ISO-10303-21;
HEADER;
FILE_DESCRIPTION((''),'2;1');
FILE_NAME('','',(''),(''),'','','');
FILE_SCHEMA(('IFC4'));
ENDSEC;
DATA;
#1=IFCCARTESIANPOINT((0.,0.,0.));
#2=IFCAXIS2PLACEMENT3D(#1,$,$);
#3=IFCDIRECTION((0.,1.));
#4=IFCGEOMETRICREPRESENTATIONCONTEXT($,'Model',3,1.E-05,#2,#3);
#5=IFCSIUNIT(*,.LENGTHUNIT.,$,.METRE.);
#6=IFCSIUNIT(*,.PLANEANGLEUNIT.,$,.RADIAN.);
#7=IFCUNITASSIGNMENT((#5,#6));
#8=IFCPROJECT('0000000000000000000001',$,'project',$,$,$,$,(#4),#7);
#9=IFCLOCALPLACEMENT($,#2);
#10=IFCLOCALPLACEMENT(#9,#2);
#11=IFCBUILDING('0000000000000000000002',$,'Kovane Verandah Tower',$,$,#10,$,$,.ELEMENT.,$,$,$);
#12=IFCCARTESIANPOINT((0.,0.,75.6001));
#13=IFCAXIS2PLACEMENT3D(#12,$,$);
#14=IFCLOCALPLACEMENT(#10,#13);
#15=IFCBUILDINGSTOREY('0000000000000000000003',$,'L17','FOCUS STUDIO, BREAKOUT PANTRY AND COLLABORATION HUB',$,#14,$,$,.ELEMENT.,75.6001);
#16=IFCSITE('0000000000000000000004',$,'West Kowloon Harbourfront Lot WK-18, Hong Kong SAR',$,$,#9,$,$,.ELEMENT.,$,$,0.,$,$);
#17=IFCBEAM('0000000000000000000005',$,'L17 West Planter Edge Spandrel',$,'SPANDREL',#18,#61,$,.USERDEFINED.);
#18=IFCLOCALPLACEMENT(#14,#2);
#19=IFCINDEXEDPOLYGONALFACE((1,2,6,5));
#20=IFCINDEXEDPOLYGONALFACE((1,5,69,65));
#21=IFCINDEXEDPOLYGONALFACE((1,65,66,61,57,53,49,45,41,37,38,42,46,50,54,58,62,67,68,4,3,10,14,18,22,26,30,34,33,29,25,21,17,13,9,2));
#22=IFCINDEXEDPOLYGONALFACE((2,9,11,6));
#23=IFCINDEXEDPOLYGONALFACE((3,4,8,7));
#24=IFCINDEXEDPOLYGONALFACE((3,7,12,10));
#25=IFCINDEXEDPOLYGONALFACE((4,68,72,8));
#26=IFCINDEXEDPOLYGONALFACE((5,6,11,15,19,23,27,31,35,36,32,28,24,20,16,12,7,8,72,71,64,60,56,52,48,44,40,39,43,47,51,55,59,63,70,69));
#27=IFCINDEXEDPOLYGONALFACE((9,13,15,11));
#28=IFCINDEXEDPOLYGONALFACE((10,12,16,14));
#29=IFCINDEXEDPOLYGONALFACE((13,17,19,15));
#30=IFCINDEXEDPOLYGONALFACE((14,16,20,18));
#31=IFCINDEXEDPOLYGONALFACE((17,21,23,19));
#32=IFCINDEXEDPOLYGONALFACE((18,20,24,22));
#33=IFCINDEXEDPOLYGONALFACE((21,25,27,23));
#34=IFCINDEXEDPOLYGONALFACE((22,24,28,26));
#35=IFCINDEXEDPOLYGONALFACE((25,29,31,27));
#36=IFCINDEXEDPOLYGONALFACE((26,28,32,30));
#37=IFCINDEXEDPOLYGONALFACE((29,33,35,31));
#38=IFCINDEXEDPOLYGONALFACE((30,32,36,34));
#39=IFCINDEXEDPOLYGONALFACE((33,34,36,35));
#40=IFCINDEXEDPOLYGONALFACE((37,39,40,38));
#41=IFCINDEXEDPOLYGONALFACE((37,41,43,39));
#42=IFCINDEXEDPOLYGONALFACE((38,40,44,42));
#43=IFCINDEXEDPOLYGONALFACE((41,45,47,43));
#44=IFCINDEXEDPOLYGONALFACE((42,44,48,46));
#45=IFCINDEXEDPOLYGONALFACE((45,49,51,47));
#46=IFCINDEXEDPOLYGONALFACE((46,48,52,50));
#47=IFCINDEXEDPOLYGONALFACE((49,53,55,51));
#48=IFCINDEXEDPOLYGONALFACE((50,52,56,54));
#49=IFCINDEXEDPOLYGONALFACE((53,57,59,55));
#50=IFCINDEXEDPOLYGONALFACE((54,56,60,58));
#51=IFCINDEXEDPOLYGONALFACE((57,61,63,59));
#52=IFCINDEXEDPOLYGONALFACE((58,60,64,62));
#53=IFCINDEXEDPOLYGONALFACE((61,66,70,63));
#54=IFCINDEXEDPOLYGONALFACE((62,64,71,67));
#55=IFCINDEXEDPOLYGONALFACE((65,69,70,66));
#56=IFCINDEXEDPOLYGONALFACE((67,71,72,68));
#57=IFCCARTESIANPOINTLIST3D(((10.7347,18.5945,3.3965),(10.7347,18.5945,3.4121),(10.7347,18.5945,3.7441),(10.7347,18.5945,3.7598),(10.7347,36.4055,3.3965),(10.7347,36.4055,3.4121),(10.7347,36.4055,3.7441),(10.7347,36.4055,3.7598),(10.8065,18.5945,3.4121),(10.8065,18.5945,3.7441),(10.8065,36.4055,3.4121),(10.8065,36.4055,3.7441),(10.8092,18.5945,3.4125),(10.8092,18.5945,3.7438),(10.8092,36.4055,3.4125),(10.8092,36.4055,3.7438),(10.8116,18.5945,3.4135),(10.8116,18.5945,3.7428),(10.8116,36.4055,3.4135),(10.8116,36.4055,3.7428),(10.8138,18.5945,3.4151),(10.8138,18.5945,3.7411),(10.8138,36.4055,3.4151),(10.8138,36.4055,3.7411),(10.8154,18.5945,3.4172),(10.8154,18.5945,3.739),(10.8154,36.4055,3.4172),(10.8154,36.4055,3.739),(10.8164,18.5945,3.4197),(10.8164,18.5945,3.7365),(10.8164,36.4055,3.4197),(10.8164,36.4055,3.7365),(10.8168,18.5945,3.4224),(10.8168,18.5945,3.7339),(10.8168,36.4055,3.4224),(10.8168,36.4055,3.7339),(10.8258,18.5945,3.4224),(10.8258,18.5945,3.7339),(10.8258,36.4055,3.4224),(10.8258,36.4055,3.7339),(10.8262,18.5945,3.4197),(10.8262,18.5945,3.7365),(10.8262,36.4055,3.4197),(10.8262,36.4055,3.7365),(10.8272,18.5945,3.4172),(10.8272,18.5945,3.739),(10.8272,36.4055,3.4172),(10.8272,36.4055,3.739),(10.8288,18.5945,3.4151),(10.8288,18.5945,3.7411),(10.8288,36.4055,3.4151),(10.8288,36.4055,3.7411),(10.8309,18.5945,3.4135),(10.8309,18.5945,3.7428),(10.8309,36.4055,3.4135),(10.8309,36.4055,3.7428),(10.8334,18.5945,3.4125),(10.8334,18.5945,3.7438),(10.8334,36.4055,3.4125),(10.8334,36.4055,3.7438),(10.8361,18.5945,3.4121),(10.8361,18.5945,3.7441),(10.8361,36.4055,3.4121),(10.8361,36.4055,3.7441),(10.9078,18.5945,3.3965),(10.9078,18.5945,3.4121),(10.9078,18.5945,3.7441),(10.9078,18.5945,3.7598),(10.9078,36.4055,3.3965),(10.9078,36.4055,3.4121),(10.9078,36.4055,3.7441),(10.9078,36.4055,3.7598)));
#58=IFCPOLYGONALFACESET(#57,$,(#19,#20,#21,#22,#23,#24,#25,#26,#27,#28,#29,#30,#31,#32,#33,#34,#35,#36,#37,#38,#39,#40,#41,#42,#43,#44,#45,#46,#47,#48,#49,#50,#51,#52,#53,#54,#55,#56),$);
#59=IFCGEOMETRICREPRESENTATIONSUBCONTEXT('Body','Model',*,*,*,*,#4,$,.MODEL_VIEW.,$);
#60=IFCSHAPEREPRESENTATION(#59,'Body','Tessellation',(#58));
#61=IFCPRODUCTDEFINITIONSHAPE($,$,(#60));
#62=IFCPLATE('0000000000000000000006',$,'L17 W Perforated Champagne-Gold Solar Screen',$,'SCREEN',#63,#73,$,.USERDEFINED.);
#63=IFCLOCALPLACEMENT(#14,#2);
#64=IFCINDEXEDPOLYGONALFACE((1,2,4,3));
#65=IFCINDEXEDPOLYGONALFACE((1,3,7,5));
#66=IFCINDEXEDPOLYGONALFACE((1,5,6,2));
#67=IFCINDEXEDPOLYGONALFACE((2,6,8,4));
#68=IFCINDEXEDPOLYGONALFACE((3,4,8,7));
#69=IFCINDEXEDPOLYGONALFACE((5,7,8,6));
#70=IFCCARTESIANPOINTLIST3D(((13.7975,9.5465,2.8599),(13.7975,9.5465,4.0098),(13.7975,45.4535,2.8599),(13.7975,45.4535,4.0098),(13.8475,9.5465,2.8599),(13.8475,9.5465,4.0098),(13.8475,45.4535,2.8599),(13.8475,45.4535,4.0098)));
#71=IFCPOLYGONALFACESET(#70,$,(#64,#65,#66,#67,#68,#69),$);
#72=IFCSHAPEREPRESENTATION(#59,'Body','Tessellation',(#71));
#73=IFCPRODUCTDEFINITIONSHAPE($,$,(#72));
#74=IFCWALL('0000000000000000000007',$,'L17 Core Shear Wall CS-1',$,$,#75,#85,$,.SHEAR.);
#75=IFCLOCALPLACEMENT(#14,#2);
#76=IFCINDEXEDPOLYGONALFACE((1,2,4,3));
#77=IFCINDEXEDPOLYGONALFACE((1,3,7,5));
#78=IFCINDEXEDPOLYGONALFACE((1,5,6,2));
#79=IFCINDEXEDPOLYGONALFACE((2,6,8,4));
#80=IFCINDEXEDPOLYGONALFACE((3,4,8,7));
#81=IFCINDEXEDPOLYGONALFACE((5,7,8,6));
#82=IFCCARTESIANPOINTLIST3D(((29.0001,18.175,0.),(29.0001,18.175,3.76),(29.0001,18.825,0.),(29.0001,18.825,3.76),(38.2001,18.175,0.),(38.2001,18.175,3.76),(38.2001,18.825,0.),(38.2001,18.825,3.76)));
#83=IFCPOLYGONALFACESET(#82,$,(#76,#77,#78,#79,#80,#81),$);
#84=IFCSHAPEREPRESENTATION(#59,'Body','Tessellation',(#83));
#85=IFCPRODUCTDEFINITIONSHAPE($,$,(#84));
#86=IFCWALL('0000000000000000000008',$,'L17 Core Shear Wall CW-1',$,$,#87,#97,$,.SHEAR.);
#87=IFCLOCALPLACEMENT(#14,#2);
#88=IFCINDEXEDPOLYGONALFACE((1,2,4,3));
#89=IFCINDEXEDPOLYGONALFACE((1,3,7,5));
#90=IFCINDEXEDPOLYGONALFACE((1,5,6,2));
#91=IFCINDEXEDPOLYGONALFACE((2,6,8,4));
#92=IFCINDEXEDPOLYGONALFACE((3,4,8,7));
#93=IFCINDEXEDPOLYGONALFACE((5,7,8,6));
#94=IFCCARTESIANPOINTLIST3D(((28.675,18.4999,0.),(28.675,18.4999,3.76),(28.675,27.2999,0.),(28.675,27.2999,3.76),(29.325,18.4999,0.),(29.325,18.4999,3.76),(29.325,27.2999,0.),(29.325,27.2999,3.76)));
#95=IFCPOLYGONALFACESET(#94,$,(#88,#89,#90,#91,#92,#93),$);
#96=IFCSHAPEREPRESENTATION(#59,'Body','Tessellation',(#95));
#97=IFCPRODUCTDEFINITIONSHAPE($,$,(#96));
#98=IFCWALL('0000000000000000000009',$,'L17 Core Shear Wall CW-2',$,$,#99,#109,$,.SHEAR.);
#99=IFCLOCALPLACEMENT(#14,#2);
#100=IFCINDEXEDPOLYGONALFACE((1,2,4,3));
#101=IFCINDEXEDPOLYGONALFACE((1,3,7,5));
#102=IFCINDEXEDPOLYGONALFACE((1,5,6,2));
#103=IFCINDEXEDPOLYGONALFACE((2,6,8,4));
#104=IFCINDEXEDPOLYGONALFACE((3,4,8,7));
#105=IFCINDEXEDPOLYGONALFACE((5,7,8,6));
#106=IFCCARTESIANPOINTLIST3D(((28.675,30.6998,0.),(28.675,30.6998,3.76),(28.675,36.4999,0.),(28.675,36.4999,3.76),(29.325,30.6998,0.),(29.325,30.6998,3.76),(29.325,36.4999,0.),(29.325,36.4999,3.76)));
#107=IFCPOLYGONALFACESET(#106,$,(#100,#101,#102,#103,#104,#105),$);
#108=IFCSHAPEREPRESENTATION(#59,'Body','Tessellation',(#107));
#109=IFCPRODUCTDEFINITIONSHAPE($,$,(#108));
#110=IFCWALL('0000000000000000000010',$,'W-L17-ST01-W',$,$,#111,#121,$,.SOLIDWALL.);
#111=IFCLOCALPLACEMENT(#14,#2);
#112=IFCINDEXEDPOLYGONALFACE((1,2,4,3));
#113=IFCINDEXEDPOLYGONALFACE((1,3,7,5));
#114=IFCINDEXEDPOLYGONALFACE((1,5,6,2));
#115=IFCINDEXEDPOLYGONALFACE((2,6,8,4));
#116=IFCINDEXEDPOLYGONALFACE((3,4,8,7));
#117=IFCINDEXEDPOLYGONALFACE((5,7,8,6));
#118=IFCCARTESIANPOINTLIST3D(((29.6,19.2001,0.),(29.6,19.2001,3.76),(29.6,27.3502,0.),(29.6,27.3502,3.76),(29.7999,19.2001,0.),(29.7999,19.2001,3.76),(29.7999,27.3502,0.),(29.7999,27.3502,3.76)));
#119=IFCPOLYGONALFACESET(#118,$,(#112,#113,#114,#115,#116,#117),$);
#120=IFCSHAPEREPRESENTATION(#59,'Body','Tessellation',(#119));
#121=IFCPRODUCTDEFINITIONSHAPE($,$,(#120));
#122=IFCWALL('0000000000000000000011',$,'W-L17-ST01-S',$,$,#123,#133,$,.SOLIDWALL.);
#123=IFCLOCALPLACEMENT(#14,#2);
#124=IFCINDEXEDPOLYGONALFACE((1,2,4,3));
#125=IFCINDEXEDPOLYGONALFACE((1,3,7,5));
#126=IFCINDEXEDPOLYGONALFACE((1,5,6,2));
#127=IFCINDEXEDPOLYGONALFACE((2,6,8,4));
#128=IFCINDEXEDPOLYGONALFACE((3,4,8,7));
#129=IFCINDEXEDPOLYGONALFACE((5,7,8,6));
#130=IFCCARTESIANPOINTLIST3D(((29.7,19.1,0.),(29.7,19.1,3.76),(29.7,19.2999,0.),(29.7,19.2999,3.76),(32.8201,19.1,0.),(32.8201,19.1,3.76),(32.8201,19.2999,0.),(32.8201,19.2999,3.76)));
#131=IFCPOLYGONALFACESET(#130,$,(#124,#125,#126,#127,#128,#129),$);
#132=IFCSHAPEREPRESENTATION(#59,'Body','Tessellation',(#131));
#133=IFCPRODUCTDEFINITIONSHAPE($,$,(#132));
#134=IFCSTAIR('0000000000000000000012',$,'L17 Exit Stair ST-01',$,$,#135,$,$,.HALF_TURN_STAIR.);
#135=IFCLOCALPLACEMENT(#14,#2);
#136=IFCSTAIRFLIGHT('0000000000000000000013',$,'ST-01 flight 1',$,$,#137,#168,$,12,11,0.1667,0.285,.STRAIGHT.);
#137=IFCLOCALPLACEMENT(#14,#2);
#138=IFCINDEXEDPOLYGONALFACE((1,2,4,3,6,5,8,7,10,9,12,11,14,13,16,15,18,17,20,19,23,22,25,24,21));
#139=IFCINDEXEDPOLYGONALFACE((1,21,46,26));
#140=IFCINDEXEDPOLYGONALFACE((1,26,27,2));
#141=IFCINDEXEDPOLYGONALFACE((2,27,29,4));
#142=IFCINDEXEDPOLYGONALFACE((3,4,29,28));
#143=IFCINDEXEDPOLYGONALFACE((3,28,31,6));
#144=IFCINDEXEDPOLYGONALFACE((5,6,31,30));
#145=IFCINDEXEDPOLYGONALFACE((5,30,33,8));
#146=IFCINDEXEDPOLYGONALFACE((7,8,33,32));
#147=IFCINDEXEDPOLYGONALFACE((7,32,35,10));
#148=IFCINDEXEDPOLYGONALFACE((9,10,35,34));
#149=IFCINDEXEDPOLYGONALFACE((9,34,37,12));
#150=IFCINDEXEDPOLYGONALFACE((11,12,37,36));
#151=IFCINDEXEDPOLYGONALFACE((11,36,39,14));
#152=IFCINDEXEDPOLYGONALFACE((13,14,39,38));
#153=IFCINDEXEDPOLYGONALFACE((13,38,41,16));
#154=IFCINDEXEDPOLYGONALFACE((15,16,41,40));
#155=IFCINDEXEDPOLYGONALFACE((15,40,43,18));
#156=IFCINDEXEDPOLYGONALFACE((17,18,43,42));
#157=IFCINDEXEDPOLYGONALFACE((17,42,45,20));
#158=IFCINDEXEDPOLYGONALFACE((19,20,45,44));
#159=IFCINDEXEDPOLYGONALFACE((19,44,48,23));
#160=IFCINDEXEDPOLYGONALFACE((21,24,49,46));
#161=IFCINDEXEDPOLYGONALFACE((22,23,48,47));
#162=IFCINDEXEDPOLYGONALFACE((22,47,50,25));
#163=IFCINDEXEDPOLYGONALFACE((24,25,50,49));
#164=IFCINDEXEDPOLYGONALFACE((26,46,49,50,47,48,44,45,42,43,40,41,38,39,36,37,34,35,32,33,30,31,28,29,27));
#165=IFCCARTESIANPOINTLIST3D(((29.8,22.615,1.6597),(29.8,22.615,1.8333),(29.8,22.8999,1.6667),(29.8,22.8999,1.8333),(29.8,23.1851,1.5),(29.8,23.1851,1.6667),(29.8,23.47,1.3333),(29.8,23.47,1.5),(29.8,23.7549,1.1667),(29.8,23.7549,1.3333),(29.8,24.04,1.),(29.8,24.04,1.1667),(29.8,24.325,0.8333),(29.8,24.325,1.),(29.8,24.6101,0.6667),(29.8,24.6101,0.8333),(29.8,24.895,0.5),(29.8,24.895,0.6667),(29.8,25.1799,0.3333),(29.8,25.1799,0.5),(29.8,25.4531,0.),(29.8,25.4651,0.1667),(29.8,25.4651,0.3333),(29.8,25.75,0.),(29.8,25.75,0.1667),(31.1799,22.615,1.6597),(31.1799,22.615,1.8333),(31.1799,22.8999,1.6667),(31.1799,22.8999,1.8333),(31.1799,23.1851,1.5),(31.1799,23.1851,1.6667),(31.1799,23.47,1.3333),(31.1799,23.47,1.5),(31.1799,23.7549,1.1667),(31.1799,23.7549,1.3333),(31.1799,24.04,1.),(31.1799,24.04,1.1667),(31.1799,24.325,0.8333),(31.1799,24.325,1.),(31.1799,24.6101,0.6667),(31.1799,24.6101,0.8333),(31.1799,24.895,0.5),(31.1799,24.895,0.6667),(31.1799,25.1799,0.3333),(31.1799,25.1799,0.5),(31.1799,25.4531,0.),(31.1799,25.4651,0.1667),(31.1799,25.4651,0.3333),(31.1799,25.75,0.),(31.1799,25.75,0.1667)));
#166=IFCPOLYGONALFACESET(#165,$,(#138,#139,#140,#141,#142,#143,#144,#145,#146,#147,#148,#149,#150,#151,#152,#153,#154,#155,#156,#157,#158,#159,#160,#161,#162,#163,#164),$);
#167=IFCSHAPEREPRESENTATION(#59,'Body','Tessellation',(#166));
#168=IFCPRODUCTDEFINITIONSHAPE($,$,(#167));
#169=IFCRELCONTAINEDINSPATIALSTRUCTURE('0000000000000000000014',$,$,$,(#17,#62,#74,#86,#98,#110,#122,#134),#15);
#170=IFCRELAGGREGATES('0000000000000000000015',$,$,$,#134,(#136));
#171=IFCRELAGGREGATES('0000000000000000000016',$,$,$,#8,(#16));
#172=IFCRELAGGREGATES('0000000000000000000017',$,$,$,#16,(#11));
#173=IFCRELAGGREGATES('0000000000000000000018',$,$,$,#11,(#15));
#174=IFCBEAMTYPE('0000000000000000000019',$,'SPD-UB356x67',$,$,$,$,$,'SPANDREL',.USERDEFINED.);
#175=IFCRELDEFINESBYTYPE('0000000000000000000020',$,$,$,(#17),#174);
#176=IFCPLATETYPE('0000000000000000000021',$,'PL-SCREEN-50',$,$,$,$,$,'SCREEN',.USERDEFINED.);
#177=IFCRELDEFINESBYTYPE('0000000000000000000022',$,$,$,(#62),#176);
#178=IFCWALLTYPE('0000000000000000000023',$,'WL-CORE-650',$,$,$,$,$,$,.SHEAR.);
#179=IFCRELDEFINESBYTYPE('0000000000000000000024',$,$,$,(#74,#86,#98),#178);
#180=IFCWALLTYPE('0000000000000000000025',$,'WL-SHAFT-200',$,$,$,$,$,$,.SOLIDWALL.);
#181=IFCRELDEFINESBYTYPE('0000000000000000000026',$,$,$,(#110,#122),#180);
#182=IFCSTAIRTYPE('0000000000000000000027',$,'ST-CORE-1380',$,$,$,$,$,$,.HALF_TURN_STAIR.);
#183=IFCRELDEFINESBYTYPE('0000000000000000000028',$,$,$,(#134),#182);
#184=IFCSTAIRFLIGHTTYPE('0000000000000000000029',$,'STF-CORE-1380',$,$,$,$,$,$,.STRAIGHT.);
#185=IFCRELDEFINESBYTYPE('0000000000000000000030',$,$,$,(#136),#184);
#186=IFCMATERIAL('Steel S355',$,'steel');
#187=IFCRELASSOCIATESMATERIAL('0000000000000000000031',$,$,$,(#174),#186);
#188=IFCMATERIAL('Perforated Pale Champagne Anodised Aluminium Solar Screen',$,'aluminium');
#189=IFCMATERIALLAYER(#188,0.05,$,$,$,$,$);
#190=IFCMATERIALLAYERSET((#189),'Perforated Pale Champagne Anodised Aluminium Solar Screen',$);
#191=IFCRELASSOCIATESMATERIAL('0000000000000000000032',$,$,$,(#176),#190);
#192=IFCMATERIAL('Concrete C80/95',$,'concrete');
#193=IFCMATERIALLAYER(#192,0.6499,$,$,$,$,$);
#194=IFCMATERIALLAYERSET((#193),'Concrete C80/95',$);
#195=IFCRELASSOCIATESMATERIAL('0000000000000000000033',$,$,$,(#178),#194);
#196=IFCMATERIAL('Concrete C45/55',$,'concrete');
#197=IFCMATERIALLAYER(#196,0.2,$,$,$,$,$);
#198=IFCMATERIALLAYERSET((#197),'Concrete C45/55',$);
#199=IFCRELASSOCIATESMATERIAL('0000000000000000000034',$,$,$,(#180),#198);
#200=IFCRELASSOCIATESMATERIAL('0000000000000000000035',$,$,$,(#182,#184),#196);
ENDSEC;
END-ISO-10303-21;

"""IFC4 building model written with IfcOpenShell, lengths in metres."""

from ifc_helpers import new_model, si_unit, direction, frame, frame_2d, origin, origin_2d, place, context, subcontext, project, spatial, polyline, rectangle, i_section, outline, extrude, material, layer, layer_set, material_profile, profile_set, type_object, element, aggregate, save


model = new_model("IFC4")

# Units and contexts
model_context = context("Model", 3, precision=1e-05, world=origin(), true_north=direction((0.0, 1.0)))
body_context = subcontext(model_context, "Body", "Model", "MODEL_VIEW")
ifc_project = project(units=[si_unit("LENGTHUNIT", "METRE"), si_unit("PLANEANGLEUNIT", "RADIAN")], contexts=[model_context])

# Site, building, storey
site_placement = place(None, origin())
site = spatial("IfcSite", under=ifc_project, at=site_placement, Name="West Kowloon Harbourfront Lot WK-18, Hong Kong SAR", CompositionType="ELEMENT", RefElevation=0.0)
building_placement = place(site_placement, origin())
building = spatial("IfcBuilding", under=site, at=building_placement, Name="Kovane Verandah Tower", CompositionType="ELEMENT")
storey_placement = place(building_placement, frame((0.0, 0.0, 75.6001)))
storey = spatial("IfcBuildingStorey", under=building, at=storey_placement, Name="L17", Description="FOCUS STUDIO, BREAKOUT PANTRY AND COLLABORATION HUB", CompositionType="ELEMENT", Elevation=75.6001)

# Shared definitions
ifc_material_1 = material(Name="Concrete C80/95", Category="concrete")

# Beam
ifc_material_2 = material(Name="Steel S355", Category="steel")
ifc_material_profile_1 = material_profile(ifc_material_2, i_section(OverallWidth=0.1731, OverallDepth=0.3633, WebThickness=0.009, FlangeThickness=0.0156, FilletRadius=0.0103, at=origin_2d()), Name="UB356x171x67")
ifc_profile_set_1 = profile_set([ifc_material_profile_1], Name="Steel S355")
beam_type_1 = type_object("IfcBeamType", Name="SPD-UB356x67", ElementType="SPANDREL", PredefinedType="USERDEFINED", material=ifc_profile_set_1)
beam_1_placement = place(storey_placement, frame((10.8213, 18.5945, 3.5781), z_axis=(0.0, 1.0, 0.0), x_axis=(-1.0, 0.0, 0.0)))
element("IfcBeam", 1, at=beam_1_placement, inside=storey, type_object=beam_type_1, Name="L17 West Planter Edge Spandrel", ObjectType="SPANDREL", PredefinedType="USERDEFINED", context=body_context, shape_type="SweptSolid", body=[
    extrude(i_section(OverallWidth=0.1731, OverallDepth=0.3633, WebThickness=0.009, FlangeThickness=0.0156, FilletRadius=0.0103, at=origin_2d()), origin(), (0.0, 0.0, 1.0), 17.811),
])

# Plate
ifc_material_3 = material(Name="Perforated Pale Champagne Anodised Aluminium Solar Screen", Category="aluminium")
ifc_layer_1 = layer(ifc_material_3, 0.05)
ifc_layer_set_1 = layer_set([ifc_layer_1], Name="Perforated Pale Champagne Anodised Aluminium Solar Screen")
plate_type = type_object("IfcPlateType", Name="PL-SCREEN-50", ElementType="SCREEN", PredefinedType="USERDEFINED", material=ifc_layer_set_1)
plate_placement = place(storey_placement, frame((13.8225, 27.5, 2.8599), z_axis=(0.0, 0.0, 1.0), x_axis=(0.0, -1.0, 0.0)))
element("IfcPlate", 2, at=plate_placement, inside=storey, type_object=plate_type, Name="L17 W Perforated Champagne-Gold Solar Screen", ObjectType="SCREEN", PredefinedType="USERDEFINED", context=body_context, shape_type="SweptSolid", body=[
    extrude(rectangle(XDim=35.907, YDim=0.05, at=origin_2d()), origin(), (0.0, 0.0, 1.0), 1.1499),
])

# Walls
ifc_layer_2 = layer(ifc_material_1, 0.6499)
ifc_layer_set_2 = layer_set([ifc_layer_2], Name="Concrete C80/95")
wall_type_1 = type_object("IfcWallType", Name="WL-CORE-650", PredefinedType="SHEAR", material=ifc_layer_set_2)
wall_1_placement = place(storey_placement, frame((29.0, 18.5, 0.0), z_axis=(0.0, 0.0, 1.0), x_axis=(1.0, 0.0, 0.0)))
element("IfcWall", 3, at=wall_1_placement, inside=storey, type_object=wall_type_1, Name="L17 Core Shear Wall CS-1", PredefinedType="SHEAR", context=body_context, shape_type="SweptSolid", body=[
    extrude(rectangle(XDim=9.2, YDim=0.6499, at=frame_2d((4.6001, 0.0))), origin(), (0.0, 0.0, 1.0), 3.76),
])
wall_2_placement = place(storey_placement, frame((29.0, 18.5, 0.0), z_axis=(0.0, 0.0, 1.0), x_axis=(0.0, 1.0, 0.0)))
element("IfcWall", 4, at=wall_2_placement, inside=storey, type_object=wall_type_1, Name="L17 Core Shear Wall CW-1", PredefinedType="SHEAR", context=body_context, shape_type="SweptSolid", body=[
    extrude(rectangle(XDim=8.8, YDim=0.6499, at=frame_2d((4.3999, 0.0))), origin(), (0.0, 0.0, 1.0), 3.76),
])
wall_3_placement = place(storey_placement, frame((29.0, 30.7, 0.0), z_axis=(0.0, 0.0, 1.0), x_axis=(0.0, 1.0, 0.0)))
element("IfcWall", 5, at=wall_3_placement, inside=storey, type_object=wall_type_1, Name="L17 Core Shear Wall CW-2", PredefinedType="SHEAR", context=body_context, shape_type="SweptSolid", body=[
    extrude(rectangle(XDim=5.8, YDim=0.6499, at=frame_2d((2.8999, 0.0))), origin(), (0.0, 0.0, 1.0), 3.76),
])

# Walls
ifc_material_4 = material(Name="Concrete C45/55", Category="concrete")
ifc_layer_3 = layer(ifc_material_4, 0.2)
ifc_layer_set_3 = layer_set([ifc_layer_3], Name="Concrete C45/55")
wall_type_2 = type_object("IfcWallType", Name="WL-SHAFT-200", PredefinedType="SOLIDWALL", material=ifc_layer_set_3)
wall_4_placement = place(storey_placement, frame((29.7, 19.2, 0.0), z_axis=(0.0, 0.0, 1.0), x_axis=(0.0, 1.0, 0.0)))
element("IfcWall", 6, at=wall_4_placement, inside=storey, type_object=wall_type_2, Name="W-L17-ST01-W", PredefinedType="SOLIDWALL", context=body_context, shape_type="SweptSolid", body=[
    extrude(rectangle(XDim=8.1501, YDim=0.2, at=frame_2d((4.0752, 0.0))), origin(), (0.0, 0.0, 1.0), 3.76),
])
wall_5_placement = place(storey_placement, frame((29.7, 19.2, 0.0), z_axis=(0.0, 0.0, 1.0), x_axis=(1.0, 0.0, 0.0)))
element("IfcWall", 7, at=wall_5_placement, inside=storey, type_object=wall_type_2, Name="W-L17-ST01-S", PredefinedType="SOLIDWALL", context=body_context, shape_type="SweptSolid", body=[
    extrude(rectangle(XDim=3.1201, YDim=0.2, at=frame_2d((1.5601, 0.0))), origin(), (0.0, 0.0, 1.0), 3.76),
])

# Stair, stair flight
stair_type = type_object("IfcStairType", Name="ST-CORE-1380", PredefinedType="HALF_TURN_STAIR", material=ifc_material_4)
stair_placement = place(storey_placement, origin())
stair = element("IfcStair", 8, at=stair_placement, inside=storey, type_object=stair_type, Name="L17 Exit Stair ST-01", PredefinedType="HALF_TURN_STAIR")
stair_flight_type = type_object("IfcStairFlightType", Name="STF-CORE-1380", PredefinedType="STRAIGHT", material=ifc_material_4)
stair_flight_placement = place(storey_placement, frame((30.49, 25.75, 0.0), z_axis=(0.0, 0.0, 1.0), x_axis=(0.0, -1.0, 0.0)))
stair_flight = element("IfcStairFlight", 9, at=stair_flight_placement, type_object=stair_flight_type, Name="ST-01 flight 1", NumberOfRisers=12, NumberOfTreads=11, PredefinedType="STRAIGHT", RiserHeight=0.1667, TreadLength=0.285, context=body_context, shape_type="SweptSolid", body=[
    extrude(outline(polyline([(0.0, 0.0), (0.0, 0.1667), (0.2849, 0.1667), (0.2849, 0.3333), (0.5701, 0.3333), (0.5701, 0.5), (0.855, 0.5), (0.855, 0.6667), (1.1399, 0.6667), (1.1399, 0.8333), (1.425, 0.8333), (1.425, 1.0), (1.71, 1.0), (1.71, 1.1667), (1.9951, 1.1667), (1.9951, 1.3333), (2.28, 1.3333), (2.28, 1.5), (2.5649, 1.5), (2.5649, 1.6667), (2.8501, 1.6667), (2.8501, 1.8333), (3.135, 1.8333), (3.135, 2.0), (3.135, 1.6597), (0.2969, 0.0), (0.0, 0.0)])), frame((0.0, 0.6899, 0.0), z_axis=(0.0, -1.0, 0.0), x_axis=(1.0, 0.0, 0.0)), (0.0, 0.0, 1.0), 1.3799),
])
aggregate(stair, [stair_flight])

save(model, "model.ifc")
